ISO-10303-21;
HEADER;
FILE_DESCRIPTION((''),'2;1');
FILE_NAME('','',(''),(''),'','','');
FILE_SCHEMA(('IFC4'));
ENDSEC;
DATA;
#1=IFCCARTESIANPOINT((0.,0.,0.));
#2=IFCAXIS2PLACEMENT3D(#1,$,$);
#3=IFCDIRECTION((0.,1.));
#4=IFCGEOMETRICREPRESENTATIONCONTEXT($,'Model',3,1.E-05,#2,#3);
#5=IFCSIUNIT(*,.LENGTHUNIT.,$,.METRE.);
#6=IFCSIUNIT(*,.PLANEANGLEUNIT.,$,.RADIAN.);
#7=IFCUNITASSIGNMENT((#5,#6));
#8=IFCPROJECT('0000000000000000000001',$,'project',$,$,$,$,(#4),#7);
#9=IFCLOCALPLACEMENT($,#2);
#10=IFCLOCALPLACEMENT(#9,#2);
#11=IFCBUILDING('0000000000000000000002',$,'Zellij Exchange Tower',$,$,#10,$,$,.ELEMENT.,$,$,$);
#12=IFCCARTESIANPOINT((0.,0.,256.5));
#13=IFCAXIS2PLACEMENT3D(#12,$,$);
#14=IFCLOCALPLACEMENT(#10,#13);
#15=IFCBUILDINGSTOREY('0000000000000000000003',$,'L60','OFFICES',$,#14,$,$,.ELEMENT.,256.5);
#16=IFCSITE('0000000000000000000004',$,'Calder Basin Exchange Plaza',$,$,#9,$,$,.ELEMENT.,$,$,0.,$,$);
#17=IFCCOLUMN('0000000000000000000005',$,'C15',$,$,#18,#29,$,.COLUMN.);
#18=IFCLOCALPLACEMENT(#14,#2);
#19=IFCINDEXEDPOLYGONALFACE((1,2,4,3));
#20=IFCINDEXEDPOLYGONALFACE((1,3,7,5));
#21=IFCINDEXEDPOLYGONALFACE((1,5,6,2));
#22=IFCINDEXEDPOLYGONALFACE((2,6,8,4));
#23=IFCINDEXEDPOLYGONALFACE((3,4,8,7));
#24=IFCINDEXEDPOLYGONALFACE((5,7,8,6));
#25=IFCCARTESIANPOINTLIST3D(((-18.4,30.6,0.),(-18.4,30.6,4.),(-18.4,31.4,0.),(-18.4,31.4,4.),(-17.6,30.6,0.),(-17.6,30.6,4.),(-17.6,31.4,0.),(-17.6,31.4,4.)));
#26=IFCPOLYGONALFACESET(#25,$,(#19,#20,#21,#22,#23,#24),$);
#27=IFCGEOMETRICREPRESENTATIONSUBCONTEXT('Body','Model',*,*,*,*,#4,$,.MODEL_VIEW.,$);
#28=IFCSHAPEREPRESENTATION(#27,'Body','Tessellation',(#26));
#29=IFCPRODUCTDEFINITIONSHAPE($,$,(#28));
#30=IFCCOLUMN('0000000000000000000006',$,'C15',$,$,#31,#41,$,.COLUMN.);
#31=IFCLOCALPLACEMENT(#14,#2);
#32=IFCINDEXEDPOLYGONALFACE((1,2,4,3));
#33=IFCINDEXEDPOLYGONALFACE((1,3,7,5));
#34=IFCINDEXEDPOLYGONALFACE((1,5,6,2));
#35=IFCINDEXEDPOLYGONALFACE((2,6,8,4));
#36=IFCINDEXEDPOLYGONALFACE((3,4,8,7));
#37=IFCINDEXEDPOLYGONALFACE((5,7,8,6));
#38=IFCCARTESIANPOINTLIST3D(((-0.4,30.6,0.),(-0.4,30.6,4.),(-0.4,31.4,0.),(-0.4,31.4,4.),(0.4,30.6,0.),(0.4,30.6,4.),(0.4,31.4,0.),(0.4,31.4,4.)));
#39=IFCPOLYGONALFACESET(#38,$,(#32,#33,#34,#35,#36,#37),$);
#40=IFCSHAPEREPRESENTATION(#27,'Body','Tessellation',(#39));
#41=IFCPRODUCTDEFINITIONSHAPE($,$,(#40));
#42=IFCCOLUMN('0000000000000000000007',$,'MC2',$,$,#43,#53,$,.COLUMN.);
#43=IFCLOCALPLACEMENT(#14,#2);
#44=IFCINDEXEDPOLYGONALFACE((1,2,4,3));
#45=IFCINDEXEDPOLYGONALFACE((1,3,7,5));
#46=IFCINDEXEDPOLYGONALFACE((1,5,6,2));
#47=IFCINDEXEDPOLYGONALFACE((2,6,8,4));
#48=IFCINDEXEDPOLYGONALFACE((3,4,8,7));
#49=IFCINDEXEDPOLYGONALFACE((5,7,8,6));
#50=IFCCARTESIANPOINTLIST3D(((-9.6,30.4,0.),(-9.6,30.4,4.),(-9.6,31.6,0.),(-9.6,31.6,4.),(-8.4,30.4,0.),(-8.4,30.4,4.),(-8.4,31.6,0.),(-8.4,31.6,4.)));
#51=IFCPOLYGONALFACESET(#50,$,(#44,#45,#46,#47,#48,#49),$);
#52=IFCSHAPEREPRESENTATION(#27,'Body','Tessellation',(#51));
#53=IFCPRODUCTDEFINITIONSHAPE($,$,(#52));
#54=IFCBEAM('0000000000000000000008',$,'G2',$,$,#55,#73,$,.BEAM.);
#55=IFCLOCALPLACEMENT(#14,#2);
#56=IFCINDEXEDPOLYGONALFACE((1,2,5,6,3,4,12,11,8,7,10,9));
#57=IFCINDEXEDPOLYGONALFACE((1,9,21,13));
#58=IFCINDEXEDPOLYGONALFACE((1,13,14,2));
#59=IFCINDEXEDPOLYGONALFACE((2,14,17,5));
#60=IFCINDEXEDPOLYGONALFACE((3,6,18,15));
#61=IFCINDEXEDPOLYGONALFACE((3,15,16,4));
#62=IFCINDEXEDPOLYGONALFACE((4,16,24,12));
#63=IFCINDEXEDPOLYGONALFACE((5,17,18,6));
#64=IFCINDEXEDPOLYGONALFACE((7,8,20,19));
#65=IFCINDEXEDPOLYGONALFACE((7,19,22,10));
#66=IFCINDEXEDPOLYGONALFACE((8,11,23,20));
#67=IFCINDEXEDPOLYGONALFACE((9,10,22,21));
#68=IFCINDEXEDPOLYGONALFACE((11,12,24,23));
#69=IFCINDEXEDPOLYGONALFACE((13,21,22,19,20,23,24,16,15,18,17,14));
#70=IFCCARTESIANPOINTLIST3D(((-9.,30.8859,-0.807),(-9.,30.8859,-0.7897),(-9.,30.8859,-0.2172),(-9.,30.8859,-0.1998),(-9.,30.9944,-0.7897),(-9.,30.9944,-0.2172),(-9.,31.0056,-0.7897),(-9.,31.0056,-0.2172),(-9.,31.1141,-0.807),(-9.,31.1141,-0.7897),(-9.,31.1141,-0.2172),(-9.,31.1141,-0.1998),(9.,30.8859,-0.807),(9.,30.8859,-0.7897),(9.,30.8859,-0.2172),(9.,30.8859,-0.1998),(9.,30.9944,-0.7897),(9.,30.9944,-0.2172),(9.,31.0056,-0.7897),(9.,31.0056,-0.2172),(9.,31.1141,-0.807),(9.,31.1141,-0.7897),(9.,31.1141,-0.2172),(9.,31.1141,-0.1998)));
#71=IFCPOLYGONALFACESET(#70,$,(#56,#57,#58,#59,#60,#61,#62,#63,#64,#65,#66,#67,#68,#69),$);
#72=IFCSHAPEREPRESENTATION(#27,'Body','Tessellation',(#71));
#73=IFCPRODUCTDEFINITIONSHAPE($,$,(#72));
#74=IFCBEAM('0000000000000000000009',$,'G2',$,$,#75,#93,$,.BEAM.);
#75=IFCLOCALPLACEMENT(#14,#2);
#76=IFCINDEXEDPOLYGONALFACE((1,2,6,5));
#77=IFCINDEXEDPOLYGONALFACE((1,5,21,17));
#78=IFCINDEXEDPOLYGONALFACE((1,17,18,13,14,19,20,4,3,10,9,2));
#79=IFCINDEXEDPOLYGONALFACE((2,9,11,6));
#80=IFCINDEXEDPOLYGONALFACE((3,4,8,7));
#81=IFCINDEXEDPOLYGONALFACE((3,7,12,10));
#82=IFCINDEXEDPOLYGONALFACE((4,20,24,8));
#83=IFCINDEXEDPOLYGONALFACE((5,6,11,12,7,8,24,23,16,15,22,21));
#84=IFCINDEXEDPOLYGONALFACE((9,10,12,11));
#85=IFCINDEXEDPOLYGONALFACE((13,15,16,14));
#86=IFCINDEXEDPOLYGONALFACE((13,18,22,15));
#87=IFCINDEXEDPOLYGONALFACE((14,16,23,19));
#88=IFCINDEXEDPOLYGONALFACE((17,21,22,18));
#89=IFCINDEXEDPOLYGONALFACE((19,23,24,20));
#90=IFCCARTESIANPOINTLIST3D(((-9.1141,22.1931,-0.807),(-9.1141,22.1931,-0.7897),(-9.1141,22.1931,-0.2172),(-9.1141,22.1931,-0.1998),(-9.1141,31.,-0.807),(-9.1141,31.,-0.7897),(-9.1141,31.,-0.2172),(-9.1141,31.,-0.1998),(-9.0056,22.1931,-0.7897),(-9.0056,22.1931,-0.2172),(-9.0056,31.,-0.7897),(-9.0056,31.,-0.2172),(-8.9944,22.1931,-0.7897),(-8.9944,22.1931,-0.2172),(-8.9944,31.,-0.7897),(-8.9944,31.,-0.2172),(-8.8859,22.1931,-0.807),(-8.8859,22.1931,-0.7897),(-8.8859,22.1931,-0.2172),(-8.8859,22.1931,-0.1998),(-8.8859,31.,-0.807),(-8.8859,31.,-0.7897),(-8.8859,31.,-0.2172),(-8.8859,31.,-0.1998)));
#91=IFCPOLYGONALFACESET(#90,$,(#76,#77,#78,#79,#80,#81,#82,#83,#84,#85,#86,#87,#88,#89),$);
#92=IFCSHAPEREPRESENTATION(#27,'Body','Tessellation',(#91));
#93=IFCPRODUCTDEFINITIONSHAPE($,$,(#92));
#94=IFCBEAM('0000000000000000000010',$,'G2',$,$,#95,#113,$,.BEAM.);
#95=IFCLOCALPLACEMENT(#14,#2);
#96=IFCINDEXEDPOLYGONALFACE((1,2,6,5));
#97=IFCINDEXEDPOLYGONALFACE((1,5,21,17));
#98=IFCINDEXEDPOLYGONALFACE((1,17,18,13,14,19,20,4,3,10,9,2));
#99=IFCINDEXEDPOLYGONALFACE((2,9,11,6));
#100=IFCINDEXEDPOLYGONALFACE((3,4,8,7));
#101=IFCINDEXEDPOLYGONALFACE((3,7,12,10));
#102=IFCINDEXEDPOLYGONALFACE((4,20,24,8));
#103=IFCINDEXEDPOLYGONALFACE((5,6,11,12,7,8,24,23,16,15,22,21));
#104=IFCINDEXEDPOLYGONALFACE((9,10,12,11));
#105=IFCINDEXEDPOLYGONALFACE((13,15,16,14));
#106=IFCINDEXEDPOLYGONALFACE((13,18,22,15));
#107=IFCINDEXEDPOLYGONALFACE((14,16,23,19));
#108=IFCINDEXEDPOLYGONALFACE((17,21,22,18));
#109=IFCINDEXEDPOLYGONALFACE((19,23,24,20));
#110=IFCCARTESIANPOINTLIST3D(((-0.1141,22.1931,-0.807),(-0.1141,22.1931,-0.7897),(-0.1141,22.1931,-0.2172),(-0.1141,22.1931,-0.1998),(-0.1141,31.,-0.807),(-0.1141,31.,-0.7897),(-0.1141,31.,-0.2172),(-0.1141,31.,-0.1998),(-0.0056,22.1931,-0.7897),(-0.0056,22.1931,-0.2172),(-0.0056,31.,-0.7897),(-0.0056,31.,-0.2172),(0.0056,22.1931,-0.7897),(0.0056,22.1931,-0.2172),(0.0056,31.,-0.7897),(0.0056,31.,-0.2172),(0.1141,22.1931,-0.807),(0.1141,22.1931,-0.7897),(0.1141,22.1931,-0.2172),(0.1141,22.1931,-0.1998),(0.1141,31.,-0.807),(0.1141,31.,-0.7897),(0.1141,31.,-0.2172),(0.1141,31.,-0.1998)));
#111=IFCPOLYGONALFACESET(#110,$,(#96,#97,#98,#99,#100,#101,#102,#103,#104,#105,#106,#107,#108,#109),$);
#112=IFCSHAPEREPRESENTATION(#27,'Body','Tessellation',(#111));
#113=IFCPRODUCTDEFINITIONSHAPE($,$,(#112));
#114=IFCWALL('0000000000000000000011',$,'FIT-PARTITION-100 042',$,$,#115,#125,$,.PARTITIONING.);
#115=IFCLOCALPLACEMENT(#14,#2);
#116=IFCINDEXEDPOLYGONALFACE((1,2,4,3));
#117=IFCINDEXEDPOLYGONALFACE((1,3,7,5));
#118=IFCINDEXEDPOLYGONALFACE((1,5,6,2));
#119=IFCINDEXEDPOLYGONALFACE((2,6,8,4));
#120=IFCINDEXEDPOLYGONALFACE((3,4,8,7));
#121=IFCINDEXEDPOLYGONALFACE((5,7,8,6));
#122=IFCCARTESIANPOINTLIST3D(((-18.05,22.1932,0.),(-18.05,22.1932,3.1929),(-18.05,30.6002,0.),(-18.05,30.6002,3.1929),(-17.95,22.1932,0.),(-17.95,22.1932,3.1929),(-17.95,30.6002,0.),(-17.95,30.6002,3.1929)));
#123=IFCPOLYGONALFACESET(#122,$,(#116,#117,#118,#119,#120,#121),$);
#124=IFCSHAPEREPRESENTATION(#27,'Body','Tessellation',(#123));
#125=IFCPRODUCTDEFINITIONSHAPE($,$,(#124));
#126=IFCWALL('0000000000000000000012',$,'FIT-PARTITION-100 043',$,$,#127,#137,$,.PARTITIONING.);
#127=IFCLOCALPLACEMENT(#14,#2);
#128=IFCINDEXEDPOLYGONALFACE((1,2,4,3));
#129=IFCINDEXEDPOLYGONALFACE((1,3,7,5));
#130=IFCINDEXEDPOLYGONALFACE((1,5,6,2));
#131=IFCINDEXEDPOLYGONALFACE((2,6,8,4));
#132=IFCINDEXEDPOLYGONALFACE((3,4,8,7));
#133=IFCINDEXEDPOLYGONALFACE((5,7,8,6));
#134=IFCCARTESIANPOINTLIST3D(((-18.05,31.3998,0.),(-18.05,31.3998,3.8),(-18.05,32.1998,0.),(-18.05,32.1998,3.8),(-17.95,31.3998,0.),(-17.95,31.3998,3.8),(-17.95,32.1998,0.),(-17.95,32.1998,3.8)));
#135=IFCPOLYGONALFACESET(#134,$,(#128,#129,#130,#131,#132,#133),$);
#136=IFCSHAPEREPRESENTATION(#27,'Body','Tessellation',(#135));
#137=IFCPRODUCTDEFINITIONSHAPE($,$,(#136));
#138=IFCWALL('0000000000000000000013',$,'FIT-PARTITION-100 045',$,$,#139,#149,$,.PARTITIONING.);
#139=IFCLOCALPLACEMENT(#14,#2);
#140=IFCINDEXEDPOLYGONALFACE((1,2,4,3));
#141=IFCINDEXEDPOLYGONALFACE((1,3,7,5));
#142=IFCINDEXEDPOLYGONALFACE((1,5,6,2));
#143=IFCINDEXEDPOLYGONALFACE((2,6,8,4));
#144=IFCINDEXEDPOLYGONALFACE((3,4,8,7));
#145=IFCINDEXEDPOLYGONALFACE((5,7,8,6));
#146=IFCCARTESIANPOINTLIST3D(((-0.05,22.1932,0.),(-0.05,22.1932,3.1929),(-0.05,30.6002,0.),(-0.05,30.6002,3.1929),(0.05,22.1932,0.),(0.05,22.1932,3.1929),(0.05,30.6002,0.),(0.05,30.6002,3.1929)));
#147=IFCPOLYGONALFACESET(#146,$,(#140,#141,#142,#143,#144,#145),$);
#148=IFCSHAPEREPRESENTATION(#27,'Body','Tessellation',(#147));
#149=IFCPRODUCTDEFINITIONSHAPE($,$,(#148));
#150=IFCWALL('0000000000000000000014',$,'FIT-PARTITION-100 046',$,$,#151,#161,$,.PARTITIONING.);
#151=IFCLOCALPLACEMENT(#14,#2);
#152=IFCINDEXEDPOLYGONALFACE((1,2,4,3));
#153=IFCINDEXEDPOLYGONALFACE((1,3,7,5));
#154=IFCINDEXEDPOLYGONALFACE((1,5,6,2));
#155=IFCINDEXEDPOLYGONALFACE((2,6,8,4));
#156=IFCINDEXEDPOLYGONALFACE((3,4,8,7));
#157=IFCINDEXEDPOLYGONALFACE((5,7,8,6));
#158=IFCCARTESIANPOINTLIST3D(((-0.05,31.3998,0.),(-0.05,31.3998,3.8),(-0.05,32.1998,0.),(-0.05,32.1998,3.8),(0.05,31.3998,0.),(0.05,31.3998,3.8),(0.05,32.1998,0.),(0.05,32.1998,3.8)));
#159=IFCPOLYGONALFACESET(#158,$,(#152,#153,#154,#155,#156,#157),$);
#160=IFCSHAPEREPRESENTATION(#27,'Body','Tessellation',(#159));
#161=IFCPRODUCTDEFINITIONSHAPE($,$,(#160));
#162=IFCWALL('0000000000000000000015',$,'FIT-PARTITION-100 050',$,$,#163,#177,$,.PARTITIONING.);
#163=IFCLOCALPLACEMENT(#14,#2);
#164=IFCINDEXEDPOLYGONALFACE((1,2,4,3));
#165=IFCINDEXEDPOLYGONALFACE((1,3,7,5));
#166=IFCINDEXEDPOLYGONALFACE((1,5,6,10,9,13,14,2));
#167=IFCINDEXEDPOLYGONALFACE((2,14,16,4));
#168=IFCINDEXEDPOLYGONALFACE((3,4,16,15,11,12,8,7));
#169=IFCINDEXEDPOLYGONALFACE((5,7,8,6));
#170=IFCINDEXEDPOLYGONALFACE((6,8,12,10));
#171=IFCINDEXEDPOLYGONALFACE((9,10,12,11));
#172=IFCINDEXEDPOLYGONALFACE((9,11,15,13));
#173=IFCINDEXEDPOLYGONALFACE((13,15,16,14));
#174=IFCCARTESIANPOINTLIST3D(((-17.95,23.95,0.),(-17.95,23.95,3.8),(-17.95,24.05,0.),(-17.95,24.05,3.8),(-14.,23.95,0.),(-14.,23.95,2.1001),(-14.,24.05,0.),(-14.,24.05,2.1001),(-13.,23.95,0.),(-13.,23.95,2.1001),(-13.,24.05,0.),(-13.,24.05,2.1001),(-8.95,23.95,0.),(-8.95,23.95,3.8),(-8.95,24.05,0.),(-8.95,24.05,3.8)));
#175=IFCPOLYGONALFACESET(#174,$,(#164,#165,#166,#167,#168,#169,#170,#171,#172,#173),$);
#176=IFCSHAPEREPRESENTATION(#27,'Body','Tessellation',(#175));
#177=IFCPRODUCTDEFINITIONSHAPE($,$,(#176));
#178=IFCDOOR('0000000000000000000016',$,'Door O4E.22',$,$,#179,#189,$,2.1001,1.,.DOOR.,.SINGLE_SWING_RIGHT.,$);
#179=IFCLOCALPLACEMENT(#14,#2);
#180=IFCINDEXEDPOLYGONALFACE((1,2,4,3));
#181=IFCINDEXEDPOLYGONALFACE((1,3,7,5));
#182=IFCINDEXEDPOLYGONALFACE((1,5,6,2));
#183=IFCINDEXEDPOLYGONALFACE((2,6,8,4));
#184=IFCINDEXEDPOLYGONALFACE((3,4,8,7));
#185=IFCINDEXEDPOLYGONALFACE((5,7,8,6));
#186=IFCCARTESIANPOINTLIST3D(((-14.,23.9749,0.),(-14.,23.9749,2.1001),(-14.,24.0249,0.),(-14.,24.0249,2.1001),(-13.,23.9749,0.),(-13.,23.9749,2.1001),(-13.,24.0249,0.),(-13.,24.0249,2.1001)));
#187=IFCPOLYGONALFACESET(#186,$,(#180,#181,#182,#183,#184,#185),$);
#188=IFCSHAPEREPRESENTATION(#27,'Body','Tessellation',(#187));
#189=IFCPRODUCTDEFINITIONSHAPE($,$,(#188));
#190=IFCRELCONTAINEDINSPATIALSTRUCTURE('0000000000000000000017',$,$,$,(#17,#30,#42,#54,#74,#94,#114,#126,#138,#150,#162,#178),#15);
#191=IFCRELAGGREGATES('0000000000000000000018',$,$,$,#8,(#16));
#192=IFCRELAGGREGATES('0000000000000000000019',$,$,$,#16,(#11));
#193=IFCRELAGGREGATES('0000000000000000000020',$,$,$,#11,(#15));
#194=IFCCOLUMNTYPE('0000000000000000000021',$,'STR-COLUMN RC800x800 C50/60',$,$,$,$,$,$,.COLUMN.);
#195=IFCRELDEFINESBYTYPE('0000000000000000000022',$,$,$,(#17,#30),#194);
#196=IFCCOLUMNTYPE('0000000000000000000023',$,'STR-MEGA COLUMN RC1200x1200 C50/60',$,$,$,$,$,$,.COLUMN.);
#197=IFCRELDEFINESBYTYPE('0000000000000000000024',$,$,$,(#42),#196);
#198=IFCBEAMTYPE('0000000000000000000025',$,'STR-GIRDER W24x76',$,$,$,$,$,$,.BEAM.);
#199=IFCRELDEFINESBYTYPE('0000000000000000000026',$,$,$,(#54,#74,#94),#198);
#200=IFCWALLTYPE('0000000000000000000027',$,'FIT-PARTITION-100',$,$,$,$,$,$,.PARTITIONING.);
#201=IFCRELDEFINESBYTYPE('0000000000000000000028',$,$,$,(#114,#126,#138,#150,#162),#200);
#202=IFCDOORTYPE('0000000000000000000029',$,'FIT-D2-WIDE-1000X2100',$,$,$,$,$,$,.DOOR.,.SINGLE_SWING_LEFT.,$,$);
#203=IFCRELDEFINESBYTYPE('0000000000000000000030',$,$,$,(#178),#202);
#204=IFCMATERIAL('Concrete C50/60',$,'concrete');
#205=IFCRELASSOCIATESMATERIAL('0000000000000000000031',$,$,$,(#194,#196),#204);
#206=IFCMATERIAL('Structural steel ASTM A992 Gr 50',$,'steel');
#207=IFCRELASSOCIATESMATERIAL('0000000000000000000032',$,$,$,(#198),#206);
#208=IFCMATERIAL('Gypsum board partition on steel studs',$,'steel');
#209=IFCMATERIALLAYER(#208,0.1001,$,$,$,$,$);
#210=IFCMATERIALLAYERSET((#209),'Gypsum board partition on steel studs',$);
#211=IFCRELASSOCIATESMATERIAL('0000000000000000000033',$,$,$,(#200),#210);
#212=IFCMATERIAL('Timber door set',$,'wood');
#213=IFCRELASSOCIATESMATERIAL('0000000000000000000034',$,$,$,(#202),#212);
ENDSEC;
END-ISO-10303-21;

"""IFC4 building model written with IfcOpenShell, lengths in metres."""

from ifc_helpers import new_model, si_unit, direction, frame, frame_2d, origin, origin_2d, place, context, subcontext, project, spatial, rectangle, i_section, extrude, material, layer, layer_set, material_profile, profile_set, type_object, element, fill, save


model = new_model("IFC4")

# Units and contexts
model_context = context("Model", 3, precision=1e-05, world=origin(), true_north=direction((0.0, 1.0)))
body_context = subcontext(model_context, "Body", "Model", "MODEL_VIEW")
ifc_project = project(units=[si_unit("LENGTHUNIT", "METRE"), si_unit("PLANEANGLEUNIT", "RADIAN")], contexts=[model_context])

# Site, building, storey
site_placement = place(None, origin())
site = spatial("IfcSite", under=ifc_project, at=site_placement, Name="Calder Basin Exchange Plaza", CompositionType="ELEMENT", RefElevation=0.0)
building_placement = place(site_placement, origin())
building = spatial("IfcBuilding", under=site, at=building_placement, Name="Zellij Exchange Tower", CompositionType="ELEMENT")
storey_placement = place(building_placement, frame((0.0, 0.0, 256.5)))
storey = spatial("IfcBuildingStorey", under=building, at=storey_placement, Name="L60", Description="OFFICES", CompositionType="ELEMENT", Elevation=256.5)

# Columns
ifc_material_1 = material(Name="Concrete C50/60", Category="concrete")
ifc_material_profile_1 = material_profile(ifc_material_1, rectangle(XDim=0.8, YDim=0.8, at=origin_2d()), Name="STR-COLUMN RC800x800 C50/60")
ifc_profile_set_1 = profile_set([ifc_material_profile_1], Name="Concrete C50/60")
column_type_1 = type_object("IfcColumnType", Name="STR-COLUMN RC800x800 C50/60", PredefinedType="COLUMN", material=ifc_profile_set_1)
for number, where, z_axis, x_axis, name in (
    (1, (-18.0, 31.0, 0.0), (0.0, 0.0, 1.0), (1.0, 0.0, 0.0), "C15"),
    (2, (0.0, 31.0, 0.0), (0.0, 0.0, 1.0), (1.0, 0.0, 0.0), "C15"),
):
    element("IfcColumn", number, at=place(storey_placement, frame(where, z_axis=z_axis, x_axis=x_axis)), inside=storey, type_object=column_type_1, Name=name, PredefinedType="COLUMN", context=body_context, shape_type="SweptSolid", body=[
        extrude(rectangle(XDim=0.8, YDim=0.8, at=origin_2d()), origin(), (0.0, 0.0, 1.0), 4.0),
    ])
ifc_material_profile_2 = material_profile(ifc_material_1, rectangle(XDim=1.2, YDim=1.2, at=origin_2d()), Name="STR-MEGA COLUMN RC1200x1200 C50/60")
ifc_profile_set_2 = profile_set([ifc_material_profile_2], Name="Concrete C50/60")
column_type_2 = type_object("IfcColumnType", Name="STR-MEGA COLUMN RC1200x1200 C50/60", PredefinedType="COLUMN", material=ifc_profile_set_2)
column_placement = place(storey_placement, frame((-9.0, 31.0, 0.0), z_axis=(0.0, 0.0, 1.0), x_axis=(1.0, 0.0, 0.0)))
element("IfcColumn", 3, at=column_placement, inside=storey, type_object=column_type_2, Name="MC2", PredefinedType="COLUMN", context=body_context, shape_type="SweptSolid", body=[
    extrude(rectangle(XDim=1.2, YDim=1.2, at=origin_2d()), origin(), (0.0, 0.0, 1.0), 4.0),
])

# Beams
ifc_material_2 = material(Name="Structural steel ASTM A992 Gr 50", Category="steel")
ifc_material_profile_3 = material_profile(ifc_material_2, i_section(OverallWidth=0.2283, OverallDepth=0.6072, WebThickness=0.0112, FlangeThickness=0.0173, at=origin_2d()), Name="W24x76")
ifc_profile_set_3 = profile_set([ifc_material_profile_3], Name="Structural steel ASTM A992 Gr 50")
beam_type = type_object("IfcBeamType", Name="STR-GIRDER W24x76", PredefinedType="BEAM", material=ifc_profile_set_3)
beam_placement = place(storey_placement, frame((-9.0, 31.0, -0.5034), z_axis=(1.0, 0.0, 0.0), x_axis=(0.0, 1.0, 0.0)))
element("IfcBeam", 4, at=beam_placement, inside=storey, type_object=beam_type, Name="G2", PredefinedType="BEAM", context=body_context, shape_type="SweptSolid", body=[
    extrude(i_section(OverallWidth=0.2283, OverallDepth=0.6072, WebThickness=0.0112, FlangeThickness=0.0173, at=origin_2d()), origin(), (0.0, 0.0, 1.0), 18.0),
])
for number, where, z_axis, x_axis, name in (
    (5, (-9.0, 22.1931, -0.5034), (0.0, 1.0, 0.0), (-1.0, 0.0, 0.0), "G2"),
    (6, (0.0, 22.1931, -0.5034), (0.0, 1.0, 0.0), (-1.0, 0.0, 0.0), "G2"),
):
    element("IfcBeam", number, at=place(storey_placement, frame(where, z_axis=z_axis, x_axis=x_axis)), inside=storey, type_object=beam_type, Name=name, PredefinedType="BEAM", context=body_context, shape_type="SweptSolid", body=[
        extrude(i_section(OverallWidth=0.2283, OverallDepth=0.6072, WebThickness=0.0112, FlangeThickness=0.0173, at=origin_2d()), origin(), (0.0, 0.0, 1.0), 8.8069),
    ])

# Walls
ifc_material_3 = material(Name="Gypsum board partition on steel studs", Category="steel")
ifc_layer_1 = layer(ifc_material_3, 0.1001)
ifc_layer_set_1 = layer_set([ifc_layer_1], Name="Gypsum board partition on steel studs")
wall_type = type_object("IfcWallType", Name="FIT-PARTITION-100", PredefinedType="PARTITIONING", material=ifc_layer_set_1)
wall_1_placement = place(storey_placement, frame((-18.0, 22.1931, 0.0), z_axis=(0.0, 0.0, 1.0), x_axis=(0.0, 1.0, 0.0)))
element("IfcWall", 7, at=wall_1_placement, inside=storey, type_object=wall_type, Name="FIT-PARTITION-100 042", PredefinedType="PARTITIONING", context=body_context, shape_type="SweptSolid", body=[
    extrude(rectangle(XDim=8.407, YDim=0.1001, at=frame_2d((4.2036, 0.0))), origin(), (0.0, 0.0, 1.0), 3.1929),
])
wall_2_placement = place(storey_placement, frame((-18.0, 31.3999, 0.0), z_axis=(0.0, 0.0, 1.0), x_axis=(0.0, 1.0, 0.0)))
element("IfcWall", 8, at=wall_2_placement, inside=storey, type_object=wall_type, Name="FIT-PARTITION-100 043", PredefinedType="PARTITIONING", context=body_context, shape_type="SweptSolid", body=[
    extrude(rectangle(XDim=0.8, YDim=0.1001, at=frame_2d((0.3999, 0.0))), origin(), (0.0, 0.0, 1.0), 3.8),
])
wall_3_placement = place(storey_placement, frame((0.0, 22.1931, 0.0), z_axis=(0.0, 0.0, 1.0), x_axis=(0.0, 1.0, 0.0)))
element("IfcWall", 9, at=wall_3_placement, inside=storey, type_object=wall_type, Name="FIT-PARTITION-100 045", PredefinedType="PARTITIONING", context=body_context, shape_type="SweptSolid", body=[
    extrude(rectangle(XDim=8.407, YDim=0.1001, at=frame_2d((4.2036, 0.0))), origin(), (0.0, 0.0, 1.0), 3.1929),
])
wall_4_placement = place(storey_placement, frame((0.0, 31.3999, 0.0), z_axis=(0.0, 0.0, 1.0), x_axis=(0.0, 1.0, 0.0)))
element("IfcWall", 10, at=wall_4_placement, inside=storey, type_object=wall_type, Name="FIT-PARTITION-100 046", PredefinedType="PARTITIONING", context=body_context, shape_type="SweptSolid", body=[
    extrude(rectangle(XDim=0.8, YDim=0.1001, at=frame_2d((0.3999, 0.0))), origin(), (0.0, 0.0, 1.0), 3.8),
])

# Wall, opening, door
wall_5_placement = place(storey_placement, frame((-17.95, 24.0, 0.0), z_axis=(0.0, 0.0, 1.0), x_axis=(1.0, 0.0, 0.0)))
wall_5 = element("IfcWall", 11, at=wall_5_placement, inside=storey, type_object=wall_type, Name="FIT-PARTITION-100 050", PredefinedType="PARTITIONING", context=body_context, shape_type="SweptSolid", body=[
    extrude(rectangle(XDim=9.0, YDim=0.1001, at=frame_2d((4.5, 0.0))), origin(), (0.0, 0.0, 1.0), 3.8),
])
opening_placement = place(wall_5_placement, frame((3.95, 0.0, 0.0)))
opening = element("IfcOpeningElement", 12, at=opening_placement, cuts=wall_5, PredefinedType="OPENING", context=body_context, shape_type="SweptSolid", body=[
    extrude(rectangle(XDim=1.0, YDim=2.1001, at=frame_2d((0.5, 1.05))), frame((0.0, 0.062, 0.0), z_axis=(0.0, -1.0, 0.0), x_axis=(1.0, 0.0, 0.0)), (0.0, 0.0, 1.0), 0.124),
])
ifc_material_4 = material(Name="Timber door set", Category="wood")
door_type = type_object("IfcDoorType", Name="FIT-D2-WIDE-1000X2100", OperationType="SINGLE_SWING_LEFT", PredefinedType="DOOR", material=ifc_material_4)
door_placement = place(opening_placement, origin())
door = element("IfcDoor", 13, at=door_placement, inside=storey, type_object=door_type, Name="Door O4E.22", OperationType="SINGLE_SWING_RIGHT", OverallHeight=2.1001, OverallWidth=1.0, PredefinedType="DOOR", context=body_context, shape_type="SweptSolid", body=[
    extrude(rectangle(XDim=1.0, YDim=2.1001, at=frame_2d((0.5, 1.05))), frame((0.0, 0.0249, 0.0), z_axis=(0.0, -1.0, 0.0), x_axis=(1.0, 0.0, 0.0)), (0.0, 0.0, 1.0), 0.05),
])
fill(opening, door)

save(model, "model.ifc")
